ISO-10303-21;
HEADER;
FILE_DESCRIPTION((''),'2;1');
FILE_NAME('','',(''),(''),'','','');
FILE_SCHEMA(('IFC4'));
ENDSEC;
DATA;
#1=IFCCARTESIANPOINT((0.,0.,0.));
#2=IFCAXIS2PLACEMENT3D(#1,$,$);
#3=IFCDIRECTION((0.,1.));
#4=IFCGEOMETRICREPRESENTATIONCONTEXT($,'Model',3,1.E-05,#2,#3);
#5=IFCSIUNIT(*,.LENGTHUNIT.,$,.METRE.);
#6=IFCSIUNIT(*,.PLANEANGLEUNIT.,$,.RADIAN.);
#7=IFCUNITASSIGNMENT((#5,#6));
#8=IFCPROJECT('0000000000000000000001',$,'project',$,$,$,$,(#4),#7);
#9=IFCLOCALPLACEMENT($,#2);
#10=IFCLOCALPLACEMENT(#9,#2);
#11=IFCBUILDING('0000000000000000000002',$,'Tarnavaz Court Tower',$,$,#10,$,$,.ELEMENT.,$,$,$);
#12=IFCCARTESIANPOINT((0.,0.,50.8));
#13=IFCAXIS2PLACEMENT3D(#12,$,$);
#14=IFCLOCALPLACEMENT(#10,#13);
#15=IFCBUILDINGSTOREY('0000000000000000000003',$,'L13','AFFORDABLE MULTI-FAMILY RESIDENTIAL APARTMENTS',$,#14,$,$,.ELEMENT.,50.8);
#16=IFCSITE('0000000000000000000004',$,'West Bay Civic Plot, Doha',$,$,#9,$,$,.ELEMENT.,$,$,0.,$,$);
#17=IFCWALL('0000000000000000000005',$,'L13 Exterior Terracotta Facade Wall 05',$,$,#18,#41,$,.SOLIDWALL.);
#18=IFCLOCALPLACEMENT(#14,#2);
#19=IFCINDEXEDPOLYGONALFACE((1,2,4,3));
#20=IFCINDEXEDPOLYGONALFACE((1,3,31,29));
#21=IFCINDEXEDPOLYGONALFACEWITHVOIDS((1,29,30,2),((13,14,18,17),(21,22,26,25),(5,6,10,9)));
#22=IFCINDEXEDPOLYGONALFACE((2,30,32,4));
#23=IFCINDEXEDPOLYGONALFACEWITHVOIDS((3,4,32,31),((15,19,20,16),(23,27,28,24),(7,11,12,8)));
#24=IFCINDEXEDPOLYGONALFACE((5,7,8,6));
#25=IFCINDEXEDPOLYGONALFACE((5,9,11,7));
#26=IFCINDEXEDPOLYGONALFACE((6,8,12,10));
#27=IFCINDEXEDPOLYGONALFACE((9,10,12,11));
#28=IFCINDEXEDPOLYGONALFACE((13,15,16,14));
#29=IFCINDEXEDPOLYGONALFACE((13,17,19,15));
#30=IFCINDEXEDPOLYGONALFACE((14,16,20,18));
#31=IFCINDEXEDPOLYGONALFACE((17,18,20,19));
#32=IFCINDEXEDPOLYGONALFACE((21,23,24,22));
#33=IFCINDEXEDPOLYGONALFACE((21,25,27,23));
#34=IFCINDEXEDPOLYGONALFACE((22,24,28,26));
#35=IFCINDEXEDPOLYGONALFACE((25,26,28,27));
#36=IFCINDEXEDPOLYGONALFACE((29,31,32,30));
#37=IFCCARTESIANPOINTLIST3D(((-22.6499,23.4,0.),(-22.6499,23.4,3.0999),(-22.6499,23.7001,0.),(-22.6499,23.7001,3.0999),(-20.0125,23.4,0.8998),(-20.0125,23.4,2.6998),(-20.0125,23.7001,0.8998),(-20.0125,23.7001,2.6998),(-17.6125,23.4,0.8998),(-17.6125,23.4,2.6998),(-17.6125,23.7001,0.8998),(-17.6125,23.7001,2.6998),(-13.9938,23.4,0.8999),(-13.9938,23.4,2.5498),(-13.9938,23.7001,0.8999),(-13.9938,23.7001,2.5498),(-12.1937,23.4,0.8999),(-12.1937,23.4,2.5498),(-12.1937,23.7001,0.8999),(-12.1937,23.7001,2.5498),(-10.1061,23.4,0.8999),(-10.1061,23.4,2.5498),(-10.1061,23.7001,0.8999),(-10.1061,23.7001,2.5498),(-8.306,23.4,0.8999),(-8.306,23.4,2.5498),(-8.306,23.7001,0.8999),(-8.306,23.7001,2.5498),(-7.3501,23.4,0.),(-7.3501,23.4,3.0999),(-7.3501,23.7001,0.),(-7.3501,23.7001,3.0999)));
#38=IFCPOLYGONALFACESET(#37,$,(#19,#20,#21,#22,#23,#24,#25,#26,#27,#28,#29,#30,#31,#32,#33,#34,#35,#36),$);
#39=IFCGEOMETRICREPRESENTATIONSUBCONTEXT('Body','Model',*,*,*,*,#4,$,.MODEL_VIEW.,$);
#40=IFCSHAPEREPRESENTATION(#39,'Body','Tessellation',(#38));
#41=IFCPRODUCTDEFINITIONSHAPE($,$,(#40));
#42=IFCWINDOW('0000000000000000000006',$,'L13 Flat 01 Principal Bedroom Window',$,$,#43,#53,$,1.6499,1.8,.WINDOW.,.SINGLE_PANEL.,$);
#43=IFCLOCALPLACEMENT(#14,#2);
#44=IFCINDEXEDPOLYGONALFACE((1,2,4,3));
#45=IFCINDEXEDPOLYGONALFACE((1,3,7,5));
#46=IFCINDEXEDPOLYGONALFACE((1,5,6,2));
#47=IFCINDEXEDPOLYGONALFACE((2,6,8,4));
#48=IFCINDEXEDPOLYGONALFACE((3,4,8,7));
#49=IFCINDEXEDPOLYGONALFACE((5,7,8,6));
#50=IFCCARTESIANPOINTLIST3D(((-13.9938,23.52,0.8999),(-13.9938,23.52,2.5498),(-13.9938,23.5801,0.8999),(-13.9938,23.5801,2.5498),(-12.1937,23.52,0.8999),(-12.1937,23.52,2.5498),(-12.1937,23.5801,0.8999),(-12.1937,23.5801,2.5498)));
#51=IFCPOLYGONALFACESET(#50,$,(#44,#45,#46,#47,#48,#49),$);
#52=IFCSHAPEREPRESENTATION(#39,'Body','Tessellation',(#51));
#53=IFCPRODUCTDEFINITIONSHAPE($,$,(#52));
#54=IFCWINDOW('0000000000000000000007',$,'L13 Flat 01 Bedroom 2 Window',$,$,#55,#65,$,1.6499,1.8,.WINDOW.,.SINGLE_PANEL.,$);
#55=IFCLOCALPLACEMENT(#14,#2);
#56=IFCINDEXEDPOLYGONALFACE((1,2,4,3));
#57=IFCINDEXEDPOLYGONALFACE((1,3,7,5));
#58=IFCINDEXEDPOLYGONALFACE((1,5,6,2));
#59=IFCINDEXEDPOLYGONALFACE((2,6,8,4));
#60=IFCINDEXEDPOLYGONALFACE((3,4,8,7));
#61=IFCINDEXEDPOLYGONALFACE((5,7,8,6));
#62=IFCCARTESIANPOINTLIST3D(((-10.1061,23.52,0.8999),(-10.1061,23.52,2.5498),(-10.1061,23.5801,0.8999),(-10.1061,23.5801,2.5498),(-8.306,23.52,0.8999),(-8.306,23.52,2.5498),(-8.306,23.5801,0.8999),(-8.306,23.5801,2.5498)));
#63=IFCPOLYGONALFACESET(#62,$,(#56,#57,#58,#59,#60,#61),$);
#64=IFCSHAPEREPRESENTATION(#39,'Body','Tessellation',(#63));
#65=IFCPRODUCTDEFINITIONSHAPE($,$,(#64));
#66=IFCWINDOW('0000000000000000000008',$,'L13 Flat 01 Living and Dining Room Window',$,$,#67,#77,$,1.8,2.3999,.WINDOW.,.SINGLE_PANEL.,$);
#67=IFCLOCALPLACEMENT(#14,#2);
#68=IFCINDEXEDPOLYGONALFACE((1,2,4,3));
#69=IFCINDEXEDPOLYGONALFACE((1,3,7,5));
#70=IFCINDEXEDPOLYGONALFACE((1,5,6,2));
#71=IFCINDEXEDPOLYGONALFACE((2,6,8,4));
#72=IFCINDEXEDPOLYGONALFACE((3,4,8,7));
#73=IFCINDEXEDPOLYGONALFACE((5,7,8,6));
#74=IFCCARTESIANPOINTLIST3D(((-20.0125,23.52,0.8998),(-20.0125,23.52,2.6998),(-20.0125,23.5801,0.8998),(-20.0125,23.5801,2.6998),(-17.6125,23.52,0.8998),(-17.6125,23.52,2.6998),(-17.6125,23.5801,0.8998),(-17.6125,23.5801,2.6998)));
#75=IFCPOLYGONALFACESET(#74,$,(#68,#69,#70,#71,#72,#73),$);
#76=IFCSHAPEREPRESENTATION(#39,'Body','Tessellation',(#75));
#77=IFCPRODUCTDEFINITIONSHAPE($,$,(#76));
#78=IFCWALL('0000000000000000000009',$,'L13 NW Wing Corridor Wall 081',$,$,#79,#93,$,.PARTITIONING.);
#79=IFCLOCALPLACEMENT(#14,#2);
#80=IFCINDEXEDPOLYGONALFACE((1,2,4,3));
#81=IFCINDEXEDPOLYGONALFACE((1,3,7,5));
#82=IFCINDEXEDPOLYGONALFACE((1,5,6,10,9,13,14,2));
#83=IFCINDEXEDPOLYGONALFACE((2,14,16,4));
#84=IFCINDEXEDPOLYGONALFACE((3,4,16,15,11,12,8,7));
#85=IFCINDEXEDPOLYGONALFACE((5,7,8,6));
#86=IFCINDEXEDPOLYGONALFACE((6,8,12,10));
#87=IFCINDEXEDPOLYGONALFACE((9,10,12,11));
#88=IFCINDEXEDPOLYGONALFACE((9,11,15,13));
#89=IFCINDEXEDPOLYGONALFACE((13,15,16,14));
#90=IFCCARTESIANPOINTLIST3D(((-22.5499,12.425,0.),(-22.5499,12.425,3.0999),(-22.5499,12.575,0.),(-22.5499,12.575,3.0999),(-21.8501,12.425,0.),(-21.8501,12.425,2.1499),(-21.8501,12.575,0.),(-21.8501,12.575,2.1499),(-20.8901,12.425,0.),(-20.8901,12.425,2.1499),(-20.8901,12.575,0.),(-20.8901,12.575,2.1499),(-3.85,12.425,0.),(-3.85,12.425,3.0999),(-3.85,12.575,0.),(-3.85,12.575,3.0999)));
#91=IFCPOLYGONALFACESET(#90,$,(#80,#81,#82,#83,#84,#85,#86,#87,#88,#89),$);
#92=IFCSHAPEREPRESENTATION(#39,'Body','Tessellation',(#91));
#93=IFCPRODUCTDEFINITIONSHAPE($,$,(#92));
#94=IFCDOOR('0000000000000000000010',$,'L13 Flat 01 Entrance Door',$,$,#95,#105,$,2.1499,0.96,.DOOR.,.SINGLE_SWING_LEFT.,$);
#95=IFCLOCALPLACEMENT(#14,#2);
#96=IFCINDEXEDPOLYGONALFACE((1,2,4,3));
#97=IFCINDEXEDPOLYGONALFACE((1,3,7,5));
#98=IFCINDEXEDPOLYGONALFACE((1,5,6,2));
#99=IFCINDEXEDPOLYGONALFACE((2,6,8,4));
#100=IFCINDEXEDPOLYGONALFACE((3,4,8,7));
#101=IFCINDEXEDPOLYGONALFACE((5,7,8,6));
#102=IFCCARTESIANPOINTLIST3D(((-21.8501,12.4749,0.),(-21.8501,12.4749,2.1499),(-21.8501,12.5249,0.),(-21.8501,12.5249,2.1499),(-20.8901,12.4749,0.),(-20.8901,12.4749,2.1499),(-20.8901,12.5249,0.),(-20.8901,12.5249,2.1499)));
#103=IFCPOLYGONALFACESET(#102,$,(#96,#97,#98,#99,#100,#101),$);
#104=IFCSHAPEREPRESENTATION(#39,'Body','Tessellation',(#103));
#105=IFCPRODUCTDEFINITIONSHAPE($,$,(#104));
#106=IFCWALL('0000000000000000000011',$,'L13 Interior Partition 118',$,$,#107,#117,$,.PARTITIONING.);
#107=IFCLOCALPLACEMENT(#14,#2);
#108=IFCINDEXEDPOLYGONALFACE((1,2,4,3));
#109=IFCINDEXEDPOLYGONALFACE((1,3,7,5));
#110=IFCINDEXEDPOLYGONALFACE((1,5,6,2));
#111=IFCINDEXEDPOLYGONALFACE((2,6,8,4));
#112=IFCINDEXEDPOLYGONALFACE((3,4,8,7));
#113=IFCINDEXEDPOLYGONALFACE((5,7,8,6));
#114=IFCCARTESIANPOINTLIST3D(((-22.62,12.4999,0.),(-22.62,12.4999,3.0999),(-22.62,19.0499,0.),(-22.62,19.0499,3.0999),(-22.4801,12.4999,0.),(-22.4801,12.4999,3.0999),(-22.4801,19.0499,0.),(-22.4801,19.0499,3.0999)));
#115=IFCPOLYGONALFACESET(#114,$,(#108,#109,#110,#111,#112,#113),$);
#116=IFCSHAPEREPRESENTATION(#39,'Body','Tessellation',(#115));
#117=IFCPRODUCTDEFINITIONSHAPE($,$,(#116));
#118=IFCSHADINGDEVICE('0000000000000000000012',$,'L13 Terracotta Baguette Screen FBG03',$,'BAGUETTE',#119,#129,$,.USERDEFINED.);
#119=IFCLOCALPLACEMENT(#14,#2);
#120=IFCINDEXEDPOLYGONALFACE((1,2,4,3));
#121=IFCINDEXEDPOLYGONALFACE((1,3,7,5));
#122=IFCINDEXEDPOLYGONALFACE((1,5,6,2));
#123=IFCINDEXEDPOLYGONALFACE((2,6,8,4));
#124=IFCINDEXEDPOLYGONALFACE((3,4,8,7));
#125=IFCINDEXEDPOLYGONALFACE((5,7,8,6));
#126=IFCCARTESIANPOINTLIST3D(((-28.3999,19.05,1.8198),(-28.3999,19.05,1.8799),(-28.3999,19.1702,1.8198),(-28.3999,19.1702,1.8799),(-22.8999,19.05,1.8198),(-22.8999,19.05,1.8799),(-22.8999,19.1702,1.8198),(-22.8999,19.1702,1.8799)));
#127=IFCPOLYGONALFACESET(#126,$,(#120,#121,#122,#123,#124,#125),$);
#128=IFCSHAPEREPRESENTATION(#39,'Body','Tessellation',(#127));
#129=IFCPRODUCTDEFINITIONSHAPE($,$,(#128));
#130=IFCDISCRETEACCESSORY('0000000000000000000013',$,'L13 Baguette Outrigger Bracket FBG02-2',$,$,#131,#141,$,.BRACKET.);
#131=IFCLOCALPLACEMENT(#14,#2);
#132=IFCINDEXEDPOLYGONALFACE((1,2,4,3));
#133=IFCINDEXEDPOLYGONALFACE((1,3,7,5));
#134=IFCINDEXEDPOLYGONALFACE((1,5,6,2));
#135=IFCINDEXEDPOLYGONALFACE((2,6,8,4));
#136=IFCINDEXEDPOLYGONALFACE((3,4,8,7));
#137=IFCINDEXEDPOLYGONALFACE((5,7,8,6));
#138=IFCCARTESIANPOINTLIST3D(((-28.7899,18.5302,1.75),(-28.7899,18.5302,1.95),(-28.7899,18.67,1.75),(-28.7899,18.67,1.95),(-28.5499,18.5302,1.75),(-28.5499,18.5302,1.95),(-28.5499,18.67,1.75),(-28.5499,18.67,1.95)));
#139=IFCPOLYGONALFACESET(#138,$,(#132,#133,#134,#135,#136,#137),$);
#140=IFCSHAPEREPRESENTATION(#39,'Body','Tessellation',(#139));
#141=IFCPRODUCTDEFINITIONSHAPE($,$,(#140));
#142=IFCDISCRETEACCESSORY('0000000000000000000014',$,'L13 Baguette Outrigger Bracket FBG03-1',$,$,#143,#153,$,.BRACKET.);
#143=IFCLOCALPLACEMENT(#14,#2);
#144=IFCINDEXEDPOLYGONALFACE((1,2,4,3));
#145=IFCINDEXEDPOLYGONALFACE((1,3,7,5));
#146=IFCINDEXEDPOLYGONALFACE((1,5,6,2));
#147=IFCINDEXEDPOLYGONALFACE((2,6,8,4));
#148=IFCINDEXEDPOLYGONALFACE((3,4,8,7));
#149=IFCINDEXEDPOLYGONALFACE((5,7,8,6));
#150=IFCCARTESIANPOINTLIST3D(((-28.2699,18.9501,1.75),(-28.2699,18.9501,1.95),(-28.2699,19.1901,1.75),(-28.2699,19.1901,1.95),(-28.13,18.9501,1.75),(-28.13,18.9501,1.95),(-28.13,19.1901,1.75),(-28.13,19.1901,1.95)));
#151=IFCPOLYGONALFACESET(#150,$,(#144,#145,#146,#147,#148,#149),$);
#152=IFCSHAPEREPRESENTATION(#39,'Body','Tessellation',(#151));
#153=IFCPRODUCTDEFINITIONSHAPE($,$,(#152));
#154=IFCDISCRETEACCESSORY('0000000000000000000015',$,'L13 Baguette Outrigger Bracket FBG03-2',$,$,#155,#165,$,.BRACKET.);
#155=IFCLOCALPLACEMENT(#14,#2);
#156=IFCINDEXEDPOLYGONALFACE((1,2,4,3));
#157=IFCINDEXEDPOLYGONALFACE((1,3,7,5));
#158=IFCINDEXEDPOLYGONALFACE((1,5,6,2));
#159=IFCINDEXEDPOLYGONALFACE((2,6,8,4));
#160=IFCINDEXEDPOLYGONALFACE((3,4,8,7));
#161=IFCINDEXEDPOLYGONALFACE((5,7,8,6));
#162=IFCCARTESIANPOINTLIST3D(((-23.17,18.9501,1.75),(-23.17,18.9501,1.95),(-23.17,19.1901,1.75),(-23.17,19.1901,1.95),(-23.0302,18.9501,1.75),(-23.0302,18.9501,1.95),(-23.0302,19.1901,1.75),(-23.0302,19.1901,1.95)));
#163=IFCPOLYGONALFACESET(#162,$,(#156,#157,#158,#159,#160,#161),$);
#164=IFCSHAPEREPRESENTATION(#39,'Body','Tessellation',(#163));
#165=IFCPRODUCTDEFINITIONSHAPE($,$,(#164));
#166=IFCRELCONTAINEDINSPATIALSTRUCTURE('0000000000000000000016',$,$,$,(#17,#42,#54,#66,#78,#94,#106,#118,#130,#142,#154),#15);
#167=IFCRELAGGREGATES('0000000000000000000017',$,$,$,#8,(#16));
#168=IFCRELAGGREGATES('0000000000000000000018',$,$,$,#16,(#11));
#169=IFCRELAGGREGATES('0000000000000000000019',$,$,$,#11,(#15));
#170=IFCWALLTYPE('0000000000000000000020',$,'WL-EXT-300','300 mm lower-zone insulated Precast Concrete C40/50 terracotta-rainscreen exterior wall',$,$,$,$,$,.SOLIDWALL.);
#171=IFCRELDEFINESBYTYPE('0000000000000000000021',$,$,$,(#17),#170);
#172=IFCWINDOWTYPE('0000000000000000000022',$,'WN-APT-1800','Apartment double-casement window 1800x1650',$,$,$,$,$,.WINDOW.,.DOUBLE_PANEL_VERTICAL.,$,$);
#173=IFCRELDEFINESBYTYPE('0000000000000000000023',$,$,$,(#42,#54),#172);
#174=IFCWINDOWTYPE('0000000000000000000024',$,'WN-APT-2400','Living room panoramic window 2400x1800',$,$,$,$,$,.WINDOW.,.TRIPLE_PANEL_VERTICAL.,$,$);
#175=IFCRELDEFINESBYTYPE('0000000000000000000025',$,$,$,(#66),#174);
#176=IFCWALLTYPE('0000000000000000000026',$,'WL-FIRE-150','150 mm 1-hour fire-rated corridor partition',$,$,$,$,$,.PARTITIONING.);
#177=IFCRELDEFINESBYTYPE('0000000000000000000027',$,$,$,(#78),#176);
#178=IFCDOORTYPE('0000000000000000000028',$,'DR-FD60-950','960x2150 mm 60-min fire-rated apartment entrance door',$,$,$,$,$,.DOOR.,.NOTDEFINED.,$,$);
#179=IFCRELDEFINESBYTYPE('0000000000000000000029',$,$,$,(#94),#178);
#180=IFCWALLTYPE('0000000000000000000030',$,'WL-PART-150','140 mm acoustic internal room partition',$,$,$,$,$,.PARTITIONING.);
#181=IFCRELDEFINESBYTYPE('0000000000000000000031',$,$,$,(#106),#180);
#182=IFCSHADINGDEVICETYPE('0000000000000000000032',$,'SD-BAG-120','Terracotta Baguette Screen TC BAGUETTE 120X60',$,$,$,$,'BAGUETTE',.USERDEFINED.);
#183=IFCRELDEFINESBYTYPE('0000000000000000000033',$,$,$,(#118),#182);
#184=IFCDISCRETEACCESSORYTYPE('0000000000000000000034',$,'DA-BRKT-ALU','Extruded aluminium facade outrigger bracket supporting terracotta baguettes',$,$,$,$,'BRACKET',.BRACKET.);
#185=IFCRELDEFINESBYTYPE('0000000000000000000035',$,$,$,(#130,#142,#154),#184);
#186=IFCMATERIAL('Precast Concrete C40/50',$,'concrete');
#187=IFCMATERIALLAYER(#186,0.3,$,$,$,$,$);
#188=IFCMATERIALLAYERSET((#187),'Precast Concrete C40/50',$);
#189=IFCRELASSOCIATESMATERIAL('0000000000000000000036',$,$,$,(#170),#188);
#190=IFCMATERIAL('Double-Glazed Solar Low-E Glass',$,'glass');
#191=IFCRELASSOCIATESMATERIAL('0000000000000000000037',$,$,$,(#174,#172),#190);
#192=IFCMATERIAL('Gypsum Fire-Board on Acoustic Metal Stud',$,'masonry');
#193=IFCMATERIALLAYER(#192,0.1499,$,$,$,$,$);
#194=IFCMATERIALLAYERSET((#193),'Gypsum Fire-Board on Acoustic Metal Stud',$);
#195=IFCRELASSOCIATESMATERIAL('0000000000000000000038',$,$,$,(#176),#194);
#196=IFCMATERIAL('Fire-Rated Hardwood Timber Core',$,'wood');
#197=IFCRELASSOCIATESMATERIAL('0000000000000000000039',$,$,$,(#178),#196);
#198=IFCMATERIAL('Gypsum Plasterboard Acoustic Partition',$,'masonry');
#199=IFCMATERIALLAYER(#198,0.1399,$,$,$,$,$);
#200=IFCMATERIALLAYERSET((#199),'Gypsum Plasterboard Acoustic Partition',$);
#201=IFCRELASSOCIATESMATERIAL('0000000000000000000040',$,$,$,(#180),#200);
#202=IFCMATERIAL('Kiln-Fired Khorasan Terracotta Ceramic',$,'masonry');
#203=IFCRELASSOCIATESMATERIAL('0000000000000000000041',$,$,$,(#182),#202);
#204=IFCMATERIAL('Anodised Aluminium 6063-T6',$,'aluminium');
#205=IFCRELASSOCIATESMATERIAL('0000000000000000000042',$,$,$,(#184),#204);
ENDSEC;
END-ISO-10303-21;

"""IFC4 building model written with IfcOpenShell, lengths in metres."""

from ifc_helpers import new_model, si_unit, direction, frame, frame_2d, origin, origin_2d, place, context, subcontext, project, spatial, rectangle, extrude, material, layer, layer_set, material_profile, profile_set, type_object, element, fill, save


model = new_model("IFC4")

# Units and contexts
model_context = context("Model", 3, precision=1e-05, world=origin(), true_north=direction((0.0, 1.0)))
body_context = subcontext(model_context, "Body", "Model", "MODEL_VIEW")
ifc_project = project(units=[si_unit("LENGTHUNIT", "METRE"), si_unit("PLANEANGLEUNIT", "RADIAN")], contexts=[model_context])

# Site, building, storey
site_placement = place(None, origin())
site = spatial("IfcSite", under=ifc_project, at=site_placement, Name="West Bay Civic Plot, Doha", CompositionType="ELEMENT", RefElevation=0.0)
building_placement = place(site_placement, origin())
building = spatial("IfcBuilding", under=site, at=building_placement, Name="Tarnavaz Court Tower", CompositionType="ELEMENT")
storey_placement = place(building_placement, frame((0.0, 0.0, 50.8)))
storey = spatial("IfcBuildingStorey", under=building, at=storey_placement, Name="L13", Description="AFFORDABLE MULTI-FAMILY RESIDENTIAL APARTMENTS", CompositionType="ELEMENT", Elevation=50.8)

# Shared definitions
ifc_material_1 = material(Name="Precast Concrete C40/50", Category="concrete")
ifc_layer_1 = layer(ifc_material_1, 0.3)
ifc_layer_set_1 = layer_set([ifc_layer_1], Name="Precast Concrete C40/50")
wall_type_1 = type_object("IfcWallType", Name="WL-EXT-300", Description="300 mm lower-zone insulated Precast Concrete C40/50 terracotta-rainscreen exterior wall", PredefinedType="SOLIDWALL", material=ifc_layer_set_1)
ifc_material_2 = material(Name="Double-Glazed Solar Low-E Glass", Category="glass")
window_type_1 = type_object("IfcWindowType", Name="WN-APT-2400", Description="Living room panoramic window 2400x1800", PartitioningType="TRIPLE_PANEL_VERTICAL", PredefinedType="WINDOW", material=ifc_material_2)

# Wall, openings, windows
wall_1_placement = place(storey_placement, frame((-22.6499, 23.55, 0.0), z_axis=(0.0, 0.0, 1.0), x_axis=(1.0, 0.0, 0.0)))
wall_1 = element("IfcWall", 1, at=wall_1_placement, inside=storey, type_object=wall_type_1, Name="L13 Exterior Terracotta Facade Wall 05", PredefinedType="SOLIDWALL", context=body_context, shape_type="SweptSolid", body=[
    extrude(rectangle(XDim=15.2998, YDim=0.3, at=frame_2d((7.6499, 0.0))), origin(), (0.0, 0.0, 1.0), 3.0999),
])
opening_1_placement = place(wall_1_placement, frame((2.6375, 0.0, 0.8999)))
opening_1 = element("IfcOpeningElement", 2, at=opening_1_placement, cuts=wall_1, PredefinedType="OPENING", context=body_context, shape_type="SweptSolid", body=[
    extrude(rectangle(XDim=2.3999, YDim=1.8, at=frame_2d((1.2, 0.8999))), frame((0.0, 0.1599, 0.0), z_axis=(0.0, -1.0, 0.0), x_axis=(1.0, 0.0, 0.0)), (0.0, 0.0, 1.0), 0.3201),
])
opening_2_placement = place(wall_1_placement, frame((8.6562, 0.0, 0.8999)))
opening_2 = element("IfcOpeningElement", 3, at=opening_2_placement, cuts=wall_1, PredefinedType="OPENING", context=body_context, shape_type="SweptSolid", body=[
    extrude(rectangle(XDim=1.8, YDim=1.6499, at=frame_2d((0.8999, 0.825))), frame((0.0, 0.1599, 0.0), z_axis=(0.0, -1.0, 0.0), x_axis=(1.0, 0.0, 0.0)), (0.0, 0.0, 1.0), 0.3201),
])
opening_3_placement = place(wall_1_placement, frame((12.5439, 0.0, 0.8999)))
opening_3 = element("IfcOpeningElement", 4, at=opening_3_placement, cuts=wall_1, PredefinedType="OPENING", context=body_context, shape_type="SweptSolid", body=[
    extrude(rectangle(XDim=1.8, YDim=1.6499, at=frame_2d((0.8999, 0.825))), frame((0.0, 0.1599, 0.0), z_axis=(0.0, -1.0, 0.0), x_axis=(1.0, 0.0, 0.0)), (0.0, 0.0, 1.0), 0.3201),
])
window_type_2 = type_object("IfcWindowType", Name="WN-APT-1800", Description="Apartment double-casement window 1800x1650", PartitioningType="DOUBLE_PANEL_VERTICAL", PredefinedType="WINDOW", material=ifc_material_2)
window_1_placement = place(opening_2_placement, origin())
window_1 = element("IfcWindow", 5, at=window_1_placement, inside=storey, type_object=window_type_2, Name="L13 Flat 01 Principal Bedroom Window", OverallHeight=1.6499, OverallWidth=1.8, PartitioningType="SINGLE_PANEL", PredefinedType="WINDOW", context=body_context, shape_type="SweptSolid", body=[
    extrude(rectangle(XDim=1.8, YDim=1.6499, at=frame_2d((0.8999, 0.825))), frame((0.0, 0.03, 0.0), z_axis=(0.0, -1.0, 0.0), x_axis=(1.0, 0.0, 0.0)), (0.0, 0.0, 1.0), 0.0601),
])
fill(opening_2, window_1)
window_2_placement = place(opening_3_placement, origin())
window_2 = element("IfcWindow", 6, at=window_2_placement, inside=storey, type_object=window_type_2, Name="L13 Flat 01 Bedroom 2 Window", OverallHeight=1.6499, OverallWidth=1.8, PartitioningType="SINGLE_PANEL", PredefinedType="WINDOW", context=body_context, shape_type="SweptSolid", body=[
    extrude(rectangle(XDim=1.8, YDim=1.6499, at=frame_2d((0.8999, 0.825))), frame((0.0, 0.03, 0.0), z_axis=(0.0, -1.0, 0.0), x_axis=(1.0, 0.0, 0.0)), (0.0, 0.0, 1.0), 0.0601),
])
fill(opening_3, window_2)
window_3_placement = place(opening_1_placement, origin())
window_3 = element("IfcWindow", 7, at=window_3_placement, inside=storey, type_object=window_type_1, Name="L13 Flat 01 Living and Dining Room Window", OverallHeight=1.8, OverallWidth=2.3999, PartitioningType="SINGLE_PANEL", PredefinedType="WINDOW", context=body_context, shape_type="SweptSolid", body=[
    extrude(rectangle(XDim=2.3999, YDim=1.8, at=frame_2d((1.2, 0.8999))), frame((0.0, 0.03, 0.0), z_axis=(0.0, -1.0, 0.0), x_axis=(1.0, 0.0, 0.0)), (0.0, 0.0, 1.0), 0.0601),
])
fill(opening_1, window_3)

# Wall, opening, door
ifc_material_3 = material(Name="Gypsum Fire-Board on Acoustic Metal Stud", Category="masonry")
ifc_layer_2 = layer(ifc_material_3, 0.1499)
ifc_layer_set_2 = layer_set([ifc_layer_2], Name="Gypsum Fire-Board on Acoustic Metal Stud")
wall_type_2 = type_object("IfcWallType", Name="WL-FIRE-150", Description="150 mm 1-hour fire-rated corridor partition", PredefinedType="PARTITIONING", material=ifc_layer_set_2)
wall_2_placement = place(storey_placement, frame((-22.55, 12.5, 0.0), z_axis=(0.0, 0.0, 1.0), x_axis=(1.0, 0.0, 0.0)))
wall_2 = element("IfcWall", 8, at=wall_2_placement, inside=storey, type_object=wall_type_2, Name="L13 NW Wing Corridor Wall 081", PredefinedType="PARTITIONING", context=body_context, shape_type="SweptSolid", body=[
    extrude(rectangle(XDim=18.7, YDim=0.1499, at=frame_2d((9.3501, 0.0))), origin(), (0.0, 0.0, 1.0), 3.0999),
])
opening_4_placement = place(wall_2_placement, frame((0.7, 0.0, 0.0)))
opening_4 = element("IfcOpeningElement", 9, at=opening_4_placement, cuts=wall_2, PredefinedType="OPENING", context=body_context, shape_type="SweptSolid", body=[
    extrude(rectangle(XDim=0.96, YDim=2.1499, at=frame_2d((0.48, 1.075))), frame((0.0, 0.085, 0.0), z_axis=(0.0, -1.0, 0.0), x_axis=(1.0, 0.0, 0.0)), (0.0, 0.0, 1.0), 0.1699),
])
ifc_material_4 = material(Name="Fire-Rated Hardwood Timber Core", Category="wood")
door_type = type_object("IfcDoorType", Name="DR-FD60-950", Description="960x2150 mm 60-min fire-rated apartment entrance door", OperationType="NOTDEFINED", PredefinedType="DOOR", material=ifc_material_4)
door_placement = place(opening_4_placement, origin())
door = element("IfcDoor", 10, at=door_placement, inside=storey, type_object=door_type, Name="L13 Flat 01 Entrance Door", OperationType="SINGLE_SWING_LEFT", OverallHeight=2.1499, OverallWidth=0.96, PredefinedType="DOOR", context=body_context, shape_type="SweptSolid", body=[
    extrude(rectangle(XDim=0.96, YDim=2.1499, at=frame_2d((0.48, 1.075))), frame((0.0, 0.0249, 0.0), z_axis=(0.0, -1.0, 0.0), x_axis=(1.0, 0.0, 0.0)), (0.0, 0.0, 1.0), 0.05),
])
fill(opening_4, door)

# Wall
ifc_material_5 = material(Name="Gypsum Plasterboard Acoustic Partition", Category="masonry")
ifc_layer_3 = layer(ifc_material_5, 0.1399)
ifc_layer_set_3 = layer_set([ifc_layer_3], Name="Gypsum Plasterboard Acoustic Partition")
wall_type_3 = type_object("IfcWallType", Name="WL-PART-150", Description="140 mm acoustic internal room partition", PredefinedType="PARTITIONING", material=ifc_layer_set_3)
wall_3_placement = place(storey_placement, frame((-22.55, 12.5, 0.0), z_axis=(0.0, 0.0, 1.0), x_axis=(0.0, 1.0, 0.0)))
element("IfcWall", 11, at=wall_3_placement, inside=storey, type_object=wall_type_3, Name="L13 Interior Partition 118", PredefinedType="PARTITIONING", context=body_context, shape_type="SweptSolid", body=[
    extrude(rectangle(XDim=6.55, YDim=0.1399, at=frame_2d((3.2749, 0.0))), origin(), (0.0, 0.0, 1.0), 3.0999),
])

# Shading device
ifc_material_6 = material(Name="Kiln-Fired Khorasan Terracotta Ceramic", Category="masonry")
ifc_material_profile_1 = material_profile(ifc_material_6, rectangle(XDim=0.1201, YDim=0.0601, at=origin_2d()), Name="TC BAGUETTE 120X60")
ifc_profile_set_1 = profile_set([ifc_material_profile_1], Name="Kiln-Fired Khorasan Terracotta Ceramic")
shading_device_type = type_object("IfcShadingDeviceType", Name="SD-BAG-120", Description="Terracotta Baguette Screen TC BAGUETTE 120X60", ElementType="BAGUETTE", PredefinedType="USERDEFINED", material=ifc_profile_set_1)
shading_device_placement = place(storey_placement, frame((-28.3999, 19.1101, 1.8499), z_axis=(1.0, 0.0, 0.0), x_axis=(0.0, 1.0, 0.0)))
element("IfcShadingDevice", 12, at=shading_device_placement, inside=storey, type_object=shading_device_type, Name="L13 Terracotta Baguette Screen FBG03", ObjectType="BAGUETTE", PredefinedType="USERDEFINED", context=body_context, shape_type="SweptSolid", body=[
    extrude(rectangle(XDim=0.1201, YDim=0.0601, at=origin_2d()), origin(), (0.0, 0.0, 1.0), 5.5),
])

# Discrete accessories
ifc_material_7 = material(Name="Anodised Aluminium 6063-T6", Category="aluminium")
discrete_accessory_type = type_object("IfcDiscreteAccessoryType", Name="DA-BRKT-ALU", Description="Extruded aluminium facade outrigger bracket supporting terracotta baguettes", ElementType="BRACKET", PredefinedType="BRACKET", material=ifc_material_7)
for number, where, z_axis, x_axis, name in (
    (13, (-28.6699, 18.6001, 1.75), (0.0, 0.0, 1.0), (0.0, 1.0, 0.0), "L13 Baguette Outrigger Bracket FBG02-2"),
    (14, (-28.2, 19.0701, 1.75), (0.0, 0.0, 1.0), (1.0, 0.0, 0.0), "L13 Baguette Outrigger Bracket FBG03-1"),
    (15, (-23.1001, 19.0701, 1.75), (0.0, 0.0, 1.0), (1.0, 0.0, 0.0), "L13 Baguette Outrigger Bracket FBG03-2"),
):
    element("IfcDiscreteAccessory", number, at=place(storey_placement, frame(where, z_axis=z_axis, x_axis=x_axis)), inside=storey, type_object=discrete_accessory_type, Name=name, PredefinedType="BRACKET", context=body_context, shape_type="SweptSolid", body=[
        extrude(rectangle(XDim=0.1399, YDim=0.24, at=origin_2d()), origin(), (0.0, 0.0, 1.0), 0.2),
    ])

save(model, "model.ifc")
